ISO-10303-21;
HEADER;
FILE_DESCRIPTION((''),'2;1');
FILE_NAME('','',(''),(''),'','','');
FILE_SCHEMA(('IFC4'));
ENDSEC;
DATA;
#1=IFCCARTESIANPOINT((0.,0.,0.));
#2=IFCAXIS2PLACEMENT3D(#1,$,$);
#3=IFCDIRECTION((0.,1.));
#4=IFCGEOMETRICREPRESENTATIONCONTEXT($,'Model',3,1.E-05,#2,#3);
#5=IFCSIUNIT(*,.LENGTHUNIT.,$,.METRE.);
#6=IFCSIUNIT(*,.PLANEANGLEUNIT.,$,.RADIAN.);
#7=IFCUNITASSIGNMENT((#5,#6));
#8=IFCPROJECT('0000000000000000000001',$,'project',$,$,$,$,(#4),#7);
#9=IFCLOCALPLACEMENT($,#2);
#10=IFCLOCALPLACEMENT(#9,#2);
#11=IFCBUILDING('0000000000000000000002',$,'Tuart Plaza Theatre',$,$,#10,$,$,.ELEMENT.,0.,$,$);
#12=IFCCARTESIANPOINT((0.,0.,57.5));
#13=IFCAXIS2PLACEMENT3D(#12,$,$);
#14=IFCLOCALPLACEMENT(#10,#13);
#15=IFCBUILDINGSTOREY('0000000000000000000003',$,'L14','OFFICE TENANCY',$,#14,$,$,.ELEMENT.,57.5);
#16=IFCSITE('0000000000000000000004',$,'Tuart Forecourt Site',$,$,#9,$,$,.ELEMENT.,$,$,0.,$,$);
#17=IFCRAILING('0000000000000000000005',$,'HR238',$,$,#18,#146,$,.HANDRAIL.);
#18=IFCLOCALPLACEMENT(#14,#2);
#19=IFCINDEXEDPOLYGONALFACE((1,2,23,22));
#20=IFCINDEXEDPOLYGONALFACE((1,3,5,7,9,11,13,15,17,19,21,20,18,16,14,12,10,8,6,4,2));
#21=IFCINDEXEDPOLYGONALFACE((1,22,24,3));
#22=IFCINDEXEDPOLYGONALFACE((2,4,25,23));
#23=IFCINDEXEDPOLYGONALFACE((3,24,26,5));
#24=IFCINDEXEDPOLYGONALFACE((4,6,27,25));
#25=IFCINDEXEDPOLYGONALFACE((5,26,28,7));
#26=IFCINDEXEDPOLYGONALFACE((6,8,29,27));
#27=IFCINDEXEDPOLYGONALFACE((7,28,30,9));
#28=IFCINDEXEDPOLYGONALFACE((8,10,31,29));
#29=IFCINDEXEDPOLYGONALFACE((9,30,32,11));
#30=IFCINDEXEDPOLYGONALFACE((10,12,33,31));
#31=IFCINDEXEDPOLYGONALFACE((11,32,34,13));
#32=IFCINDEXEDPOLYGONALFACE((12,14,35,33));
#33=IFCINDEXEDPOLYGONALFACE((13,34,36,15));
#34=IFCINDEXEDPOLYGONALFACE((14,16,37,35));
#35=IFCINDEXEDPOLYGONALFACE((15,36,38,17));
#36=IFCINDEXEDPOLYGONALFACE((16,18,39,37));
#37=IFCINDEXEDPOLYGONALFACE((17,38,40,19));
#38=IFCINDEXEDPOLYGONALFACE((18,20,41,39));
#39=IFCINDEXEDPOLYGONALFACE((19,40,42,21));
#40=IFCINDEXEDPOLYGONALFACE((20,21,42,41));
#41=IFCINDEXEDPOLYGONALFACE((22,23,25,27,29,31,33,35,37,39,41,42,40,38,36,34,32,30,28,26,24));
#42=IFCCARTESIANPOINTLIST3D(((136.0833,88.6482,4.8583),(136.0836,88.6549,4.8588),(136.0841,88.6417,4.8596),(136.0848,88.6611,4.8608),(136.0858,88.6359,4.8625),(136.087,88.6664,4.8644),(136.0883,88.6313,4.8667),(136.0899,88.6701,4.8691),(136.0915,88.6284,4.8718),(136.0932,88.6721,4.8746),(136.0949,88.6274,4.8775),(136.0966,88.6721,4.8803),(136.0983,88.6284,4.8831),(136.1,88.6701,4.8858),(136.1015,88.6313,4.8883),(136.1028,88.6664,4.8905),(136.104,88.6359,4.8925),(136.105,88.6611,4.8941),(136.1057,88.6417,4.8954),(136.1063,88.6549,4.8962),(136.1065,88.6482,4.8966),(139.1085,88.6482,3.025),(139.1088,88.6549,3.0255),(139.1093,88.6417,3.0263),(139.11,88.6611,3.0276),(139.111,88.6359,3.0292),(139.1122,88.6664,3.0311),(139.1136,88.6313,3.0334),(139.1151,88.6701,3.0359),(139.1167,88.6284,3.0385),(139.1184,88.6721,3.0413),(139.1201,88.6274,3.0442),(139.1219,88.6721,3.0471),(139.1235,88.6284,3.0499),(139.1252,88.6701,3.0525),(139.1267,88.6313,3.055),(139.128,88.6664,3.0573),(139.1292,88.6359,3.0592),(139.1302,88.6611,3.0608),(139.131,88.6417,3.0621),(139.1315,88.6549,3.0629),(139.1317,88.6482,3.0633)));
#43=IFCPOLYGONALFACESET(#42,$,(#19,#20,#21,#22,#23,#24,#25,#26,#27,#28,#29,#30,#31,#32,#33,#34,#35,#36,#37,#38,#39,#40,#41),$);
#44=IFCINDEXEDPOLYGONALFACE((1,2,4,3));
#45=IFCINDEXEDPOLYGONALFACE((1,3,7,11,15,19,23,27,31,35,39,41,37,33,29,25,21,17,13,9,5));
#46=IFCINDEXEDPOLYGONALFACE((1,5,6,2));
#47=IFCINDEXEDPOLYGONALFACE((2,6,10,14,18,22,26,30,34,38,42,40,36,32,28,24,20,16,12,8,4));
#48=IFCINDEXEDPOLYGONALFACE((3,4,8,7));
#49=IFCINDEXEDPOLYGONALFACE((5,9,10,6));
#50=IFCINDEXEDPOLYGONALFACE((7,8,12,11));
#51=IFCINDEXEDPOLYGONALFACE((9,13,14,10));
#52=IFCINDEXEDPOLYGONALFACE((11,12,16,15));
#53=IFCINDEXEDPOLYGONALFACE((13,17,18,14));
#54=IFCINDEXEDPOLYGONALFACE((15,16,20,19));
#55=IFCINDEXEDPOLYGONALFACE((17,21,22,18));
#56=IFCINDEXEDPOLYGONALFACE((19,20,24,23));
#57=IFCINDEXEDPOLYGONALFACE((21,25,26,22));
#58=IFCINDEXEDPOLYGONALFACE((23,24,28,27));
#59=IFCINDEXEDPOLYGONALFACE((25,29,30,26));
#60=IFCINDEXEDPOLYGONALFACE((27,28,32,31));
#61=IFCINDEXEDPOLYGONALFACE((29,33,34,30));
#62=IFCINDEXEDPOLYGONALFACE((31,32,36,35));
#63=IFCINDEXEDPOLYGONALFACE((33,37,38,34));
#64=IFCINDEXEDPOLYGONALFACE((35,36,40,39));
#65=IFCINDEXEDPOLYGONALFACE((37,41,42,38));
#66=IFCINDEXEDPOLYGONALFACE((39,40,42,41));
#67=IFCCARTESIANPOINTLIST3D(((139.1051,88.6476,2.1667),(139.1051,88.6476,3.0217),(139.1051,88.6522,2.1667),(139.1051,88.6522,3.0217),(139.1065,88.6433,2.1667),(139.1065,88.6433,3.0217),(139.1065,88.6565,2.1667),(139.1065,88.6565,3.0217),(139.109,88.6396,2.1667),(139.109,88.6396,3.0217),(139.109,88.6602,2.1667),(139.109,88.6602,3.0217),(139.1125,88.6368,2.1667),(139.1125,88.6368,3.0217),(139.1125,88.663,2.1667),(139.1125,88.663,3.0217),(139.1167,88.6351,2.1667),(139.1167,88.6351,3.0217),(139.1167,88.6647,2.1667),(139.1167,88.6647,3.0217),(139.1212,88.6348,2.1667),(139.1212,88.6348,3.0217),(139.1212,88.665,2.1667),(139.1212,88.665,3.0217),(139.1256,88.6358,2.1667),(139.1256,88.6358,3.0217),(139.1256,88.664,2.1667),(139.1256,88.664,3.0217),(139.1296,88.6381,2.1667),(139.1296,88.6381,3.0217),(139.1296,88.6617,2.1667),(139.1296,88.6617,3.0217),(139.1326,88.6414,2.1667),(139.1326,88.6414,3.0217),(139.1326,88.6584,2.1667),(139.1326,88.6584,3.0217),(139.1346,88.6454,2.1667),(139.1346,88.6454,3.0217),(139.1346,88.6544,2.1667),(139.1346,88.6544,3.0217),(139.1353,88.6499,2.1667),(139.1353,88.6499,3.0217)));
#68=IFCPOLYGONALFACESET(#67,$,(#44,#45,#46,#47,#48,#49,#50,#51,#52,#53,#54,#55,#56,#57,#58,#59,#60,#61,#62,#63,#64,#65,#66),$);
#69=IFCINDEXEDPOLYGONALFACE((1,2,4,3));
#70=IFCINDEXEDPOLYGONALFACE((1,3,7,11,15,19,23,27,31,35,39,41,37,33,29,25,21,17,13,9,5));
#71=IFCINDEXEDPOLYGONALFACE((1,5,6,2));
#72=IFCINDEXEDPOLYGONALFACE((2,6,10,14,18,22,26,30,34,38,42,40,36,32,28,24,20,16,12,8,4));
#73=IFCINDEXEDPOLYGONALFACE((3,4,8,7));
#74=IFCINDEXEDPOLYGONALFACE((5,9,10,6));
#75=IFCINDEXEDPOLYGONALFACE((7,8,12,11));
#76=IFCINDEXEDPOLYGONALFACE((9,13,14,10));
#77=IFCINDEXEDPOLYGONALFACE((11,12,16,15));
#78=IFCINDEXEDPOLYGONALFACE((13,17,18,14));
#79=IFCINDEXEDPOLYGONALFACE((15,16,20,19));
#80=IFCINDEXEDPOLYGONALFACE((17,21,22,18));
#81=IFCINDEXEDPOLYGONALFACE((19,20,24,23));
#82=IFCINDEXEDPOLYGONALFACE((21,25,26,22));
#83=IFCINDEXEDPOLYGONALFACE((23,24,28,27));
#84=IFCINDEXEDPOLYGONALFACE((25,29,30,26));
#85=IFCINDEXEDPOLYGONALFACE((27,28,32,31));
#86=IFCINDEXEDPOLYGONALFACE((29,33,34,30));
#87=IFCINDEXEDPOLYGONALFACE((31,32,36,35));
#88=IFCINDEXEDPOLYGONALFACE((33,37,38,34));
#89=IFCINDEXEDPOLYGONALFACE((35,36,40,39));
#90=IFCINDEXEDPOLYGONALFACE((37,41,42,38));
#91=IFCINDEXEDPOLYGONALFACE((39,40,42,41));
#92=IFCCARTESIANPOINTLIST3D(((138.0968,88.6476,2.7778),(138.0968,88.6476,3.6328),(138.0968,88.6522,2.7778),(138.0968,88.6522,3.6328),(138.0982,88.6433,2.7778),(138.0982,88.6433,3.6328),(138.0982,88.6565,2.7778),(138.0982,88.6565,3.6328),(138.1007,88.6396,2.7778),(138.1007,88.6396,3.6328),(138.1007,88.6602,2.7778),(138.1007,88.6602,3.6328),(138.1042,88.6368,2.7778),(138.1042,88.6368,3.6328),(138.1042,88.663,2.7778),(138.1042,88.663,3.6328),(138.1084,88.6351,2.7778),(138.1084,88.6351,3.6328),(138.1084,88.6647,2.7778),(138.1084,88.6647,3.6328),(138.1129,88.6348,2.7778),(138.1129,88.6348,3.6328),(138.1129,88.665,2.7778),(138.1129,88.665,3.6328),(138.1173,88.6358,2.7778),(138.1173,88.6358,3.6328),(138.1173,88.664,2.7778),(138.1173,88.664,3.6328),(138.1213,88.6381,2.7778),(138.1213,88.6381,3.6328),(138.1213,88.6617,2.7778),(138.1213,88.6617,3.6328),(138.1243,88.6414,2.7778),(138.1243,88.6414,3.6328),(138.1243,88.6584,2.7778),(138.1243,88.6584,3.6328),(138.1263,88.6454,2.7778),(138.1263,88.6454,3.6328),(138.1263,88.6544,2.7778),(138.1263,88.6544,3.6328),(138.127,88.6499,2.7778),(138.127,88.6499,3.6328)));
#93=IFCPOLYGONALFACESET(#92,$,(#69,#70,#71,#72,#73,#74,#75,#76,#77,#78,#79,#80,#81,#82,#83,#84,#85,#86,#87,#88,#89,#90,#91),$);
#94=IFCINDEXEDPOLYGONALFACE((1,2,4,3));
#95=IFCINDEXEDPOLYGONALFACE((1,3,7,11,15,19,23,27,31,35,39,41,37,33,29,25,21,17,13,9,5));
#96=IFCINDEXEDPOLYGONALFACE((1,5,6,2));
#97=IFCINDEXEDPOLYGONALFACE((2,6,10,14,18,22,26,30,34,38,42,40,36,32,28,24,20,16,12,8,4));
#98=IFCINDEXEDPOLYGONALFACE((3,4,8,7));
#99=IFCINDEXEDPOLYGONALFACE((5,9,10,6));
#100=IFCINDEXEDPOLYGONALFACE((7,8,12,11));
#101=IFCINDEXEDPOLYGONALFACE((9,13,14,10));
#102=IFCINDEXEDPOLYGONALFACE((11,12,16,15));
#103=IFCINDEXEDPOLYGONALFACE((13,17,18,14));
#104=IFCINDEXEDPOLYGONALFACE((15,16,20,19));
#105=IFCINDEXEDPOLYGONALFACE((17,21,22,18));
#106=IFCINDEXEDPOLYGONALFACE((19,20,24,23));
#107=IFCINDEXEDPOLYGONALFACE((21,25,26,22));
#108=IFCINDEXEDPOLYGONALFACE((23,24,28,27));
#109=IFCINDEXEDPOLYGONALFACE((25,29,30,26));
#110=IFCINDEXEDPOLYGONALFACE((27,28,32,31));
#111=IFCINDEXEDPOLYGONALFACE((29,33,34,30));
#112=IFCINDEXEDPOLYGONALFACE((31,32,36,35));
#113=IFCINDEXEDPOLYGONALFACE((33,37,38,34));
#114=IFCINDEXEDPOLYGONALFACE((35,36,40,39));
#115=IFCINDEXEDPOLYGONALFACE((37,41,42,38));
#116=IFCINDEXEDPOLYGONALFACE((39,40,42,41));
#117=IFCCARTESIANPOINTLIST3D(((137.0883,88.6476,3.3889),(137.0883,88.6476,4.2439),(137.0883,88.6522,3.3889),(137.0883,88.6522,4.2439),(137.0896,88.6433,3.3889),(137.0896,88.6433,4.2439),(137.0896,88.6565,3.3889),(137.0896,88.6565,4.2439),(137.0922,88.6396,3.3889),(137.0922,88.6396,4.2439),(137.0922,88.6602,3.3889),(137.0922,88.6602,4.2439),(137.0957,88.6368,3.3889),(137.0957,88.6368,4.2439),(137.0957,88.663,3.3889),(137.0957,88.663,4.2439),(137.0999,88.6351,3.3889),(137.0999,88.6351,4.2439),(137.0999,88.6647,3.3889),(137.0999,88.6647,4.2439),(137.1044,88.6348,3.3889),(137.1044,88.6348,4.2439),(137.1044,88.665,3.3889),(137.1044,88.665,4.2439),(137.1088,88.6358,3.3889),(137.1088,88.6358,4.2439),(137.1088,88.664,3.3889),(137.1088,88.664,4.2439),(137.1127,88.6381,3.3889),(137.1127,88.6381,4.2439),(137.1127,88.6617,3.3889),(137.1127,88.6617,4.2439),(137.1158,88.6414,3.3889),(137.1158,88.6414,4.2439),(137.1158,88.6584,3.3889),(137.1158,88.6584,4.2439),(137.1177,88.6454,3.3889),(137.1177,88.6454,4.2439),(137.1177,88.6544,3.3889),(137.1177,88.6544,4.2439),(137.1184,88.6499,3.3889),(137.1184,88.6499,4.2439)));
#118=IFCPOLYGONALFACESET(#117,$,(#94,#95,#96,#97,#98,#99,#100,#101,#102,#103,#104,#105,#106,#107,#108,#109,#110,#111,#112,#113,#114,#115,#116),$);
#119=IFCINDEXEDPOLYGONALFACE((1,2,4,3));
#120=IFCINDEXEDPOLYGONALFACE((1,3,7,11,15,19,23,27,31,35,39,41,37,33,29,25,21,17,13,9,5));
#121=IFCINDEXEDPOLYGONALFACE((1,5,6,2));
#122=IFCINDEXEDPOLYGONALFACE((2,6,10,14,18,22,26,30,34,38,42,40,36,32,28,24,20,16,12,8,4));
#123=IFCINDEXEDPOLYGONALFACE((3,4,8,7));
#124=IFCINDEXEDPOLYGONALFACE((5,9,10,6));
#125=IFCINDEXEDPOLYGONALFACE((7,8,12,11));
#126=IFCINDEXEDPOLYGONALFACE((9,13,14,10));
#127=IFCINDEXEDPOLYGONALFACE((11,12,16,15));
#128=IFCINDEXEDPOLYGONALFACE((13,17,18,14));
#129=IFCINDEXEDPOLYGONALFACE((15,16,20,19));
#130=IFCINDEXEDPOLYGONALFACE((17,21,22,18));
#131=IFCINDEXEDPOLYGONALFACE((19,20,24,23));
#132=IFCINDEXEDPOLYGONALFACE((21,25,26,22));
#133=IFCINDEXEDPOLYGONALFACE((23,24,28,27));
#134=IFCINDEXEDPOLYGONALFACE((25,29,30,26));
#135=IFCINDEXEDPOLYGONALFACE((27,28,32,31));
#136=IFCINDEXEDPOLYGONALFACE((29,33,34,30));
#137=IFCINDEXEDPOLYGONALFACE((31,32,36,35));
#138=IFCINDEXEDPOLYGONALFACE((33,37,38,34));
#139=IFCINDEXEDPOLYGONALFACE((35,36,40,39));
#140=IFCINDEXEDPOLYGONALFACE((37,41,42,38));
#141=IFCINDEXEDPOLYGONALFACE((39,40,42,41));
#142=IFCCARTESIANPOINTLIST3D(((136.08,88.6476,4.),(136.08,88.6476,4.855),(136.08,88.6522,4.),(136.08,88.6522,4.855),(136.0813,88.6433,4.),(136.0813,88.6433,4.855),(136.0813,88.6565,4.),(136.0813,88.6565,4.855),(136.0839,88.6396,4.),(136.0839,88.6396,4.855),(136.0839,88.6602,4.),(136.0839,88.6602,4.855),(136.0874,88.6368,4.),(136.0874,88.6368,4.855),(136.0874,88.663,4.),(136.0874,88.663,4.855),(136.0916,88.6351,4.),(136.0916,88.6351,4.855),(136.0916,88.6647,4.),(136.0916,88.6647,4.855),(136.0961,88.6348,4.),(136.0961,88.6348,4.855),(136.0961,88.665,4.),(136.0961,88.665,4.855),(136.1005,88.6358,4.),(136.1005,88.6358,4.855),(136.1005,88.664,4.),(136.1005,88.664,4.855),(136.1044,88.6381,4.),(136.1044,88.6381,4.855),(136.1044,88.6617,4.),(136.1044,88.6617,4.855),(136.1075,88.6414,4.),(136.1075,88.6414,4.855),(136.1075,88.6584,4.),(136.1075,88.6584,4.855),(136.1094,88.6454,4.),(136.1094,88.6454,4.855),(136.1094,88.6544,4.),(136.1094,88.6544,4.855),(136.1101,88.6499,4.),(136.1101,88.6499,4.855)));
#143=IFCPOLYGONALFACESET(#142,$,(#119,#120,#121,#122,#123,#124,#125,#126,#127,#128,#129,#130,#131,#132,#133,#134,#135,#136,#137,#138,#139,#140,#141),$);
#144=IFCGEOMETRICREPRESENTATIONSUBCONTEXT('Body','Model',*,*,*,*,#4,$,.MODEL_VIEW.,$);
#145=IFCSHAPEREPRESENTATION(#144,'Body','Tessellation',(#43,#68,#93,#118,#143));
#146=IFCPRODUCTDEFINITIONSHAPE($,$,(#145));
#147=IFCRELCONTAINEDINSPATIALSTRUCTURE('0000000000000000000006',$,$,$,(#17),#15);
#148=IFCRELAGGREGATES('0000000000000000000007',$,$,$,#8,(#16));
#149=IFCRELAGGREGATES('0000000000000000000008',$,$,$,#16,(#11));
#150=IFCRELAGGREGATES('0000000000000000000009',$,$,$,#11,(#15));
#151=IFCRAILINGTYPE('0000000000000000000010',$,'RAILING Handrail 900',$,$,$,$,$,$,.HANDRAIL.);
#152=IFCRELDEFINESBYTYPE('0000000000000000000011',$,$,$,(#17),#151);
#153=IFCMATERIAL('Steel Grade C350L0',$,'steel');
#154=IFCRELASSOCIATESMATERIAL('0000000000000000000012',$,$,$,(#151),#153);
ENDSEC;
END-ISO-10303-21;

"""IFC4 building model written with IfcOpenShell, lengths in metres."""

from ifc_helpers import new_model, si_unit, direction, frame, origin, origin_2d, place, context, subcontext, project, spatial, circle, extrude, material, type_object, element, save


model = new_model("IFC4")

# Units and contexts
model_context = context("Model", 3, precision=1e-05, world=origin(), true_north=direction((0.0, 1.0)))
body_context = subcontext(model_context, "Body", "Model", "MODEL_VIEW")
ifc_project = project(units=[si_unit("LENGTHUNIT", "METRE"), si_unit("PLANEANGLEUNIT", "RADIAN")], contexts=[model_context])

# Site, building, storey
site_placement = place(None, origin())
site = spatial("IfcSite", under=ifc_project, at=site_placement, Name="Tuart Forecourt Site", CompositionType="ELEMENT", RefElevation=0.0)
building_placement = place(site_placement, origin())
building = spatial("IfcBuilding", under=site, at=building_placement, Name="Tuart Plaza Theatre", CompositionType="ELEMENT", ElevationOfRefHeight=0.0)
storey_placement = place(building_placement, frame((0.0, 0.0, 57.5)))
storey = spatial("IfcBuildingStorey", under=building, at=storey_placement, Name="L14", Description="OFFICE TENANCY", CompositionType="ELEMENT", Elevation=57.5)

# Railing
ifc_material_1 = material(Name="Steel Grade C350L0", Category="steel")
railing_type_1 = type_object("IfcRailingType", Name="RAILING Handrail 900", PredefinedType="HANDRAIL", material=ifc_material_1)
for number, where, name in (
    (1, (139.1201, 88.6499, 2.1667), "HR238"),
):
    element("IfcRailing", number, at=place(storey_placement, frame(where)), inside=storey, type_object=railing_type_1, Name=name, PredefinedType="HANDRAIL", context=body_context, shape_type="SweptSolid", body=[
        extrude(circle(Radius=0.0225, at=origin_2d()), frame((0.0, 0.0, 0.8774), z_axis=(-0.855219, 0.0, 0.518267), x_axis=(0.0, -1.0, 0.0)), (0.0, 0.0, 1.0), 3.5374),
        extrude(circle(Radius=0.0151, at=origin_2d()), origin(), (0.0, 0.0, 1.0), 0.855),
        extrude(circle(Radius=0.0151, at=origin_2d()), frame((-1.0083, 0.0, 0.6111)), (0.0, 0.0, 1.0), 0.855),
        extrude(circle(Radius=0.0151, at=origin_2d()), frame((-2.0168, 0.0, 1.2222)), (0.0, 0.0, 1.0), 0.855),
        extrude(circle(Radius=0.0151, at=origin_2d()), frame((-3.0251, 0.0, 1.8333)), (0.0, 0.0, 1.0), 0.855),
    ])

save(model, "model.ifc")
